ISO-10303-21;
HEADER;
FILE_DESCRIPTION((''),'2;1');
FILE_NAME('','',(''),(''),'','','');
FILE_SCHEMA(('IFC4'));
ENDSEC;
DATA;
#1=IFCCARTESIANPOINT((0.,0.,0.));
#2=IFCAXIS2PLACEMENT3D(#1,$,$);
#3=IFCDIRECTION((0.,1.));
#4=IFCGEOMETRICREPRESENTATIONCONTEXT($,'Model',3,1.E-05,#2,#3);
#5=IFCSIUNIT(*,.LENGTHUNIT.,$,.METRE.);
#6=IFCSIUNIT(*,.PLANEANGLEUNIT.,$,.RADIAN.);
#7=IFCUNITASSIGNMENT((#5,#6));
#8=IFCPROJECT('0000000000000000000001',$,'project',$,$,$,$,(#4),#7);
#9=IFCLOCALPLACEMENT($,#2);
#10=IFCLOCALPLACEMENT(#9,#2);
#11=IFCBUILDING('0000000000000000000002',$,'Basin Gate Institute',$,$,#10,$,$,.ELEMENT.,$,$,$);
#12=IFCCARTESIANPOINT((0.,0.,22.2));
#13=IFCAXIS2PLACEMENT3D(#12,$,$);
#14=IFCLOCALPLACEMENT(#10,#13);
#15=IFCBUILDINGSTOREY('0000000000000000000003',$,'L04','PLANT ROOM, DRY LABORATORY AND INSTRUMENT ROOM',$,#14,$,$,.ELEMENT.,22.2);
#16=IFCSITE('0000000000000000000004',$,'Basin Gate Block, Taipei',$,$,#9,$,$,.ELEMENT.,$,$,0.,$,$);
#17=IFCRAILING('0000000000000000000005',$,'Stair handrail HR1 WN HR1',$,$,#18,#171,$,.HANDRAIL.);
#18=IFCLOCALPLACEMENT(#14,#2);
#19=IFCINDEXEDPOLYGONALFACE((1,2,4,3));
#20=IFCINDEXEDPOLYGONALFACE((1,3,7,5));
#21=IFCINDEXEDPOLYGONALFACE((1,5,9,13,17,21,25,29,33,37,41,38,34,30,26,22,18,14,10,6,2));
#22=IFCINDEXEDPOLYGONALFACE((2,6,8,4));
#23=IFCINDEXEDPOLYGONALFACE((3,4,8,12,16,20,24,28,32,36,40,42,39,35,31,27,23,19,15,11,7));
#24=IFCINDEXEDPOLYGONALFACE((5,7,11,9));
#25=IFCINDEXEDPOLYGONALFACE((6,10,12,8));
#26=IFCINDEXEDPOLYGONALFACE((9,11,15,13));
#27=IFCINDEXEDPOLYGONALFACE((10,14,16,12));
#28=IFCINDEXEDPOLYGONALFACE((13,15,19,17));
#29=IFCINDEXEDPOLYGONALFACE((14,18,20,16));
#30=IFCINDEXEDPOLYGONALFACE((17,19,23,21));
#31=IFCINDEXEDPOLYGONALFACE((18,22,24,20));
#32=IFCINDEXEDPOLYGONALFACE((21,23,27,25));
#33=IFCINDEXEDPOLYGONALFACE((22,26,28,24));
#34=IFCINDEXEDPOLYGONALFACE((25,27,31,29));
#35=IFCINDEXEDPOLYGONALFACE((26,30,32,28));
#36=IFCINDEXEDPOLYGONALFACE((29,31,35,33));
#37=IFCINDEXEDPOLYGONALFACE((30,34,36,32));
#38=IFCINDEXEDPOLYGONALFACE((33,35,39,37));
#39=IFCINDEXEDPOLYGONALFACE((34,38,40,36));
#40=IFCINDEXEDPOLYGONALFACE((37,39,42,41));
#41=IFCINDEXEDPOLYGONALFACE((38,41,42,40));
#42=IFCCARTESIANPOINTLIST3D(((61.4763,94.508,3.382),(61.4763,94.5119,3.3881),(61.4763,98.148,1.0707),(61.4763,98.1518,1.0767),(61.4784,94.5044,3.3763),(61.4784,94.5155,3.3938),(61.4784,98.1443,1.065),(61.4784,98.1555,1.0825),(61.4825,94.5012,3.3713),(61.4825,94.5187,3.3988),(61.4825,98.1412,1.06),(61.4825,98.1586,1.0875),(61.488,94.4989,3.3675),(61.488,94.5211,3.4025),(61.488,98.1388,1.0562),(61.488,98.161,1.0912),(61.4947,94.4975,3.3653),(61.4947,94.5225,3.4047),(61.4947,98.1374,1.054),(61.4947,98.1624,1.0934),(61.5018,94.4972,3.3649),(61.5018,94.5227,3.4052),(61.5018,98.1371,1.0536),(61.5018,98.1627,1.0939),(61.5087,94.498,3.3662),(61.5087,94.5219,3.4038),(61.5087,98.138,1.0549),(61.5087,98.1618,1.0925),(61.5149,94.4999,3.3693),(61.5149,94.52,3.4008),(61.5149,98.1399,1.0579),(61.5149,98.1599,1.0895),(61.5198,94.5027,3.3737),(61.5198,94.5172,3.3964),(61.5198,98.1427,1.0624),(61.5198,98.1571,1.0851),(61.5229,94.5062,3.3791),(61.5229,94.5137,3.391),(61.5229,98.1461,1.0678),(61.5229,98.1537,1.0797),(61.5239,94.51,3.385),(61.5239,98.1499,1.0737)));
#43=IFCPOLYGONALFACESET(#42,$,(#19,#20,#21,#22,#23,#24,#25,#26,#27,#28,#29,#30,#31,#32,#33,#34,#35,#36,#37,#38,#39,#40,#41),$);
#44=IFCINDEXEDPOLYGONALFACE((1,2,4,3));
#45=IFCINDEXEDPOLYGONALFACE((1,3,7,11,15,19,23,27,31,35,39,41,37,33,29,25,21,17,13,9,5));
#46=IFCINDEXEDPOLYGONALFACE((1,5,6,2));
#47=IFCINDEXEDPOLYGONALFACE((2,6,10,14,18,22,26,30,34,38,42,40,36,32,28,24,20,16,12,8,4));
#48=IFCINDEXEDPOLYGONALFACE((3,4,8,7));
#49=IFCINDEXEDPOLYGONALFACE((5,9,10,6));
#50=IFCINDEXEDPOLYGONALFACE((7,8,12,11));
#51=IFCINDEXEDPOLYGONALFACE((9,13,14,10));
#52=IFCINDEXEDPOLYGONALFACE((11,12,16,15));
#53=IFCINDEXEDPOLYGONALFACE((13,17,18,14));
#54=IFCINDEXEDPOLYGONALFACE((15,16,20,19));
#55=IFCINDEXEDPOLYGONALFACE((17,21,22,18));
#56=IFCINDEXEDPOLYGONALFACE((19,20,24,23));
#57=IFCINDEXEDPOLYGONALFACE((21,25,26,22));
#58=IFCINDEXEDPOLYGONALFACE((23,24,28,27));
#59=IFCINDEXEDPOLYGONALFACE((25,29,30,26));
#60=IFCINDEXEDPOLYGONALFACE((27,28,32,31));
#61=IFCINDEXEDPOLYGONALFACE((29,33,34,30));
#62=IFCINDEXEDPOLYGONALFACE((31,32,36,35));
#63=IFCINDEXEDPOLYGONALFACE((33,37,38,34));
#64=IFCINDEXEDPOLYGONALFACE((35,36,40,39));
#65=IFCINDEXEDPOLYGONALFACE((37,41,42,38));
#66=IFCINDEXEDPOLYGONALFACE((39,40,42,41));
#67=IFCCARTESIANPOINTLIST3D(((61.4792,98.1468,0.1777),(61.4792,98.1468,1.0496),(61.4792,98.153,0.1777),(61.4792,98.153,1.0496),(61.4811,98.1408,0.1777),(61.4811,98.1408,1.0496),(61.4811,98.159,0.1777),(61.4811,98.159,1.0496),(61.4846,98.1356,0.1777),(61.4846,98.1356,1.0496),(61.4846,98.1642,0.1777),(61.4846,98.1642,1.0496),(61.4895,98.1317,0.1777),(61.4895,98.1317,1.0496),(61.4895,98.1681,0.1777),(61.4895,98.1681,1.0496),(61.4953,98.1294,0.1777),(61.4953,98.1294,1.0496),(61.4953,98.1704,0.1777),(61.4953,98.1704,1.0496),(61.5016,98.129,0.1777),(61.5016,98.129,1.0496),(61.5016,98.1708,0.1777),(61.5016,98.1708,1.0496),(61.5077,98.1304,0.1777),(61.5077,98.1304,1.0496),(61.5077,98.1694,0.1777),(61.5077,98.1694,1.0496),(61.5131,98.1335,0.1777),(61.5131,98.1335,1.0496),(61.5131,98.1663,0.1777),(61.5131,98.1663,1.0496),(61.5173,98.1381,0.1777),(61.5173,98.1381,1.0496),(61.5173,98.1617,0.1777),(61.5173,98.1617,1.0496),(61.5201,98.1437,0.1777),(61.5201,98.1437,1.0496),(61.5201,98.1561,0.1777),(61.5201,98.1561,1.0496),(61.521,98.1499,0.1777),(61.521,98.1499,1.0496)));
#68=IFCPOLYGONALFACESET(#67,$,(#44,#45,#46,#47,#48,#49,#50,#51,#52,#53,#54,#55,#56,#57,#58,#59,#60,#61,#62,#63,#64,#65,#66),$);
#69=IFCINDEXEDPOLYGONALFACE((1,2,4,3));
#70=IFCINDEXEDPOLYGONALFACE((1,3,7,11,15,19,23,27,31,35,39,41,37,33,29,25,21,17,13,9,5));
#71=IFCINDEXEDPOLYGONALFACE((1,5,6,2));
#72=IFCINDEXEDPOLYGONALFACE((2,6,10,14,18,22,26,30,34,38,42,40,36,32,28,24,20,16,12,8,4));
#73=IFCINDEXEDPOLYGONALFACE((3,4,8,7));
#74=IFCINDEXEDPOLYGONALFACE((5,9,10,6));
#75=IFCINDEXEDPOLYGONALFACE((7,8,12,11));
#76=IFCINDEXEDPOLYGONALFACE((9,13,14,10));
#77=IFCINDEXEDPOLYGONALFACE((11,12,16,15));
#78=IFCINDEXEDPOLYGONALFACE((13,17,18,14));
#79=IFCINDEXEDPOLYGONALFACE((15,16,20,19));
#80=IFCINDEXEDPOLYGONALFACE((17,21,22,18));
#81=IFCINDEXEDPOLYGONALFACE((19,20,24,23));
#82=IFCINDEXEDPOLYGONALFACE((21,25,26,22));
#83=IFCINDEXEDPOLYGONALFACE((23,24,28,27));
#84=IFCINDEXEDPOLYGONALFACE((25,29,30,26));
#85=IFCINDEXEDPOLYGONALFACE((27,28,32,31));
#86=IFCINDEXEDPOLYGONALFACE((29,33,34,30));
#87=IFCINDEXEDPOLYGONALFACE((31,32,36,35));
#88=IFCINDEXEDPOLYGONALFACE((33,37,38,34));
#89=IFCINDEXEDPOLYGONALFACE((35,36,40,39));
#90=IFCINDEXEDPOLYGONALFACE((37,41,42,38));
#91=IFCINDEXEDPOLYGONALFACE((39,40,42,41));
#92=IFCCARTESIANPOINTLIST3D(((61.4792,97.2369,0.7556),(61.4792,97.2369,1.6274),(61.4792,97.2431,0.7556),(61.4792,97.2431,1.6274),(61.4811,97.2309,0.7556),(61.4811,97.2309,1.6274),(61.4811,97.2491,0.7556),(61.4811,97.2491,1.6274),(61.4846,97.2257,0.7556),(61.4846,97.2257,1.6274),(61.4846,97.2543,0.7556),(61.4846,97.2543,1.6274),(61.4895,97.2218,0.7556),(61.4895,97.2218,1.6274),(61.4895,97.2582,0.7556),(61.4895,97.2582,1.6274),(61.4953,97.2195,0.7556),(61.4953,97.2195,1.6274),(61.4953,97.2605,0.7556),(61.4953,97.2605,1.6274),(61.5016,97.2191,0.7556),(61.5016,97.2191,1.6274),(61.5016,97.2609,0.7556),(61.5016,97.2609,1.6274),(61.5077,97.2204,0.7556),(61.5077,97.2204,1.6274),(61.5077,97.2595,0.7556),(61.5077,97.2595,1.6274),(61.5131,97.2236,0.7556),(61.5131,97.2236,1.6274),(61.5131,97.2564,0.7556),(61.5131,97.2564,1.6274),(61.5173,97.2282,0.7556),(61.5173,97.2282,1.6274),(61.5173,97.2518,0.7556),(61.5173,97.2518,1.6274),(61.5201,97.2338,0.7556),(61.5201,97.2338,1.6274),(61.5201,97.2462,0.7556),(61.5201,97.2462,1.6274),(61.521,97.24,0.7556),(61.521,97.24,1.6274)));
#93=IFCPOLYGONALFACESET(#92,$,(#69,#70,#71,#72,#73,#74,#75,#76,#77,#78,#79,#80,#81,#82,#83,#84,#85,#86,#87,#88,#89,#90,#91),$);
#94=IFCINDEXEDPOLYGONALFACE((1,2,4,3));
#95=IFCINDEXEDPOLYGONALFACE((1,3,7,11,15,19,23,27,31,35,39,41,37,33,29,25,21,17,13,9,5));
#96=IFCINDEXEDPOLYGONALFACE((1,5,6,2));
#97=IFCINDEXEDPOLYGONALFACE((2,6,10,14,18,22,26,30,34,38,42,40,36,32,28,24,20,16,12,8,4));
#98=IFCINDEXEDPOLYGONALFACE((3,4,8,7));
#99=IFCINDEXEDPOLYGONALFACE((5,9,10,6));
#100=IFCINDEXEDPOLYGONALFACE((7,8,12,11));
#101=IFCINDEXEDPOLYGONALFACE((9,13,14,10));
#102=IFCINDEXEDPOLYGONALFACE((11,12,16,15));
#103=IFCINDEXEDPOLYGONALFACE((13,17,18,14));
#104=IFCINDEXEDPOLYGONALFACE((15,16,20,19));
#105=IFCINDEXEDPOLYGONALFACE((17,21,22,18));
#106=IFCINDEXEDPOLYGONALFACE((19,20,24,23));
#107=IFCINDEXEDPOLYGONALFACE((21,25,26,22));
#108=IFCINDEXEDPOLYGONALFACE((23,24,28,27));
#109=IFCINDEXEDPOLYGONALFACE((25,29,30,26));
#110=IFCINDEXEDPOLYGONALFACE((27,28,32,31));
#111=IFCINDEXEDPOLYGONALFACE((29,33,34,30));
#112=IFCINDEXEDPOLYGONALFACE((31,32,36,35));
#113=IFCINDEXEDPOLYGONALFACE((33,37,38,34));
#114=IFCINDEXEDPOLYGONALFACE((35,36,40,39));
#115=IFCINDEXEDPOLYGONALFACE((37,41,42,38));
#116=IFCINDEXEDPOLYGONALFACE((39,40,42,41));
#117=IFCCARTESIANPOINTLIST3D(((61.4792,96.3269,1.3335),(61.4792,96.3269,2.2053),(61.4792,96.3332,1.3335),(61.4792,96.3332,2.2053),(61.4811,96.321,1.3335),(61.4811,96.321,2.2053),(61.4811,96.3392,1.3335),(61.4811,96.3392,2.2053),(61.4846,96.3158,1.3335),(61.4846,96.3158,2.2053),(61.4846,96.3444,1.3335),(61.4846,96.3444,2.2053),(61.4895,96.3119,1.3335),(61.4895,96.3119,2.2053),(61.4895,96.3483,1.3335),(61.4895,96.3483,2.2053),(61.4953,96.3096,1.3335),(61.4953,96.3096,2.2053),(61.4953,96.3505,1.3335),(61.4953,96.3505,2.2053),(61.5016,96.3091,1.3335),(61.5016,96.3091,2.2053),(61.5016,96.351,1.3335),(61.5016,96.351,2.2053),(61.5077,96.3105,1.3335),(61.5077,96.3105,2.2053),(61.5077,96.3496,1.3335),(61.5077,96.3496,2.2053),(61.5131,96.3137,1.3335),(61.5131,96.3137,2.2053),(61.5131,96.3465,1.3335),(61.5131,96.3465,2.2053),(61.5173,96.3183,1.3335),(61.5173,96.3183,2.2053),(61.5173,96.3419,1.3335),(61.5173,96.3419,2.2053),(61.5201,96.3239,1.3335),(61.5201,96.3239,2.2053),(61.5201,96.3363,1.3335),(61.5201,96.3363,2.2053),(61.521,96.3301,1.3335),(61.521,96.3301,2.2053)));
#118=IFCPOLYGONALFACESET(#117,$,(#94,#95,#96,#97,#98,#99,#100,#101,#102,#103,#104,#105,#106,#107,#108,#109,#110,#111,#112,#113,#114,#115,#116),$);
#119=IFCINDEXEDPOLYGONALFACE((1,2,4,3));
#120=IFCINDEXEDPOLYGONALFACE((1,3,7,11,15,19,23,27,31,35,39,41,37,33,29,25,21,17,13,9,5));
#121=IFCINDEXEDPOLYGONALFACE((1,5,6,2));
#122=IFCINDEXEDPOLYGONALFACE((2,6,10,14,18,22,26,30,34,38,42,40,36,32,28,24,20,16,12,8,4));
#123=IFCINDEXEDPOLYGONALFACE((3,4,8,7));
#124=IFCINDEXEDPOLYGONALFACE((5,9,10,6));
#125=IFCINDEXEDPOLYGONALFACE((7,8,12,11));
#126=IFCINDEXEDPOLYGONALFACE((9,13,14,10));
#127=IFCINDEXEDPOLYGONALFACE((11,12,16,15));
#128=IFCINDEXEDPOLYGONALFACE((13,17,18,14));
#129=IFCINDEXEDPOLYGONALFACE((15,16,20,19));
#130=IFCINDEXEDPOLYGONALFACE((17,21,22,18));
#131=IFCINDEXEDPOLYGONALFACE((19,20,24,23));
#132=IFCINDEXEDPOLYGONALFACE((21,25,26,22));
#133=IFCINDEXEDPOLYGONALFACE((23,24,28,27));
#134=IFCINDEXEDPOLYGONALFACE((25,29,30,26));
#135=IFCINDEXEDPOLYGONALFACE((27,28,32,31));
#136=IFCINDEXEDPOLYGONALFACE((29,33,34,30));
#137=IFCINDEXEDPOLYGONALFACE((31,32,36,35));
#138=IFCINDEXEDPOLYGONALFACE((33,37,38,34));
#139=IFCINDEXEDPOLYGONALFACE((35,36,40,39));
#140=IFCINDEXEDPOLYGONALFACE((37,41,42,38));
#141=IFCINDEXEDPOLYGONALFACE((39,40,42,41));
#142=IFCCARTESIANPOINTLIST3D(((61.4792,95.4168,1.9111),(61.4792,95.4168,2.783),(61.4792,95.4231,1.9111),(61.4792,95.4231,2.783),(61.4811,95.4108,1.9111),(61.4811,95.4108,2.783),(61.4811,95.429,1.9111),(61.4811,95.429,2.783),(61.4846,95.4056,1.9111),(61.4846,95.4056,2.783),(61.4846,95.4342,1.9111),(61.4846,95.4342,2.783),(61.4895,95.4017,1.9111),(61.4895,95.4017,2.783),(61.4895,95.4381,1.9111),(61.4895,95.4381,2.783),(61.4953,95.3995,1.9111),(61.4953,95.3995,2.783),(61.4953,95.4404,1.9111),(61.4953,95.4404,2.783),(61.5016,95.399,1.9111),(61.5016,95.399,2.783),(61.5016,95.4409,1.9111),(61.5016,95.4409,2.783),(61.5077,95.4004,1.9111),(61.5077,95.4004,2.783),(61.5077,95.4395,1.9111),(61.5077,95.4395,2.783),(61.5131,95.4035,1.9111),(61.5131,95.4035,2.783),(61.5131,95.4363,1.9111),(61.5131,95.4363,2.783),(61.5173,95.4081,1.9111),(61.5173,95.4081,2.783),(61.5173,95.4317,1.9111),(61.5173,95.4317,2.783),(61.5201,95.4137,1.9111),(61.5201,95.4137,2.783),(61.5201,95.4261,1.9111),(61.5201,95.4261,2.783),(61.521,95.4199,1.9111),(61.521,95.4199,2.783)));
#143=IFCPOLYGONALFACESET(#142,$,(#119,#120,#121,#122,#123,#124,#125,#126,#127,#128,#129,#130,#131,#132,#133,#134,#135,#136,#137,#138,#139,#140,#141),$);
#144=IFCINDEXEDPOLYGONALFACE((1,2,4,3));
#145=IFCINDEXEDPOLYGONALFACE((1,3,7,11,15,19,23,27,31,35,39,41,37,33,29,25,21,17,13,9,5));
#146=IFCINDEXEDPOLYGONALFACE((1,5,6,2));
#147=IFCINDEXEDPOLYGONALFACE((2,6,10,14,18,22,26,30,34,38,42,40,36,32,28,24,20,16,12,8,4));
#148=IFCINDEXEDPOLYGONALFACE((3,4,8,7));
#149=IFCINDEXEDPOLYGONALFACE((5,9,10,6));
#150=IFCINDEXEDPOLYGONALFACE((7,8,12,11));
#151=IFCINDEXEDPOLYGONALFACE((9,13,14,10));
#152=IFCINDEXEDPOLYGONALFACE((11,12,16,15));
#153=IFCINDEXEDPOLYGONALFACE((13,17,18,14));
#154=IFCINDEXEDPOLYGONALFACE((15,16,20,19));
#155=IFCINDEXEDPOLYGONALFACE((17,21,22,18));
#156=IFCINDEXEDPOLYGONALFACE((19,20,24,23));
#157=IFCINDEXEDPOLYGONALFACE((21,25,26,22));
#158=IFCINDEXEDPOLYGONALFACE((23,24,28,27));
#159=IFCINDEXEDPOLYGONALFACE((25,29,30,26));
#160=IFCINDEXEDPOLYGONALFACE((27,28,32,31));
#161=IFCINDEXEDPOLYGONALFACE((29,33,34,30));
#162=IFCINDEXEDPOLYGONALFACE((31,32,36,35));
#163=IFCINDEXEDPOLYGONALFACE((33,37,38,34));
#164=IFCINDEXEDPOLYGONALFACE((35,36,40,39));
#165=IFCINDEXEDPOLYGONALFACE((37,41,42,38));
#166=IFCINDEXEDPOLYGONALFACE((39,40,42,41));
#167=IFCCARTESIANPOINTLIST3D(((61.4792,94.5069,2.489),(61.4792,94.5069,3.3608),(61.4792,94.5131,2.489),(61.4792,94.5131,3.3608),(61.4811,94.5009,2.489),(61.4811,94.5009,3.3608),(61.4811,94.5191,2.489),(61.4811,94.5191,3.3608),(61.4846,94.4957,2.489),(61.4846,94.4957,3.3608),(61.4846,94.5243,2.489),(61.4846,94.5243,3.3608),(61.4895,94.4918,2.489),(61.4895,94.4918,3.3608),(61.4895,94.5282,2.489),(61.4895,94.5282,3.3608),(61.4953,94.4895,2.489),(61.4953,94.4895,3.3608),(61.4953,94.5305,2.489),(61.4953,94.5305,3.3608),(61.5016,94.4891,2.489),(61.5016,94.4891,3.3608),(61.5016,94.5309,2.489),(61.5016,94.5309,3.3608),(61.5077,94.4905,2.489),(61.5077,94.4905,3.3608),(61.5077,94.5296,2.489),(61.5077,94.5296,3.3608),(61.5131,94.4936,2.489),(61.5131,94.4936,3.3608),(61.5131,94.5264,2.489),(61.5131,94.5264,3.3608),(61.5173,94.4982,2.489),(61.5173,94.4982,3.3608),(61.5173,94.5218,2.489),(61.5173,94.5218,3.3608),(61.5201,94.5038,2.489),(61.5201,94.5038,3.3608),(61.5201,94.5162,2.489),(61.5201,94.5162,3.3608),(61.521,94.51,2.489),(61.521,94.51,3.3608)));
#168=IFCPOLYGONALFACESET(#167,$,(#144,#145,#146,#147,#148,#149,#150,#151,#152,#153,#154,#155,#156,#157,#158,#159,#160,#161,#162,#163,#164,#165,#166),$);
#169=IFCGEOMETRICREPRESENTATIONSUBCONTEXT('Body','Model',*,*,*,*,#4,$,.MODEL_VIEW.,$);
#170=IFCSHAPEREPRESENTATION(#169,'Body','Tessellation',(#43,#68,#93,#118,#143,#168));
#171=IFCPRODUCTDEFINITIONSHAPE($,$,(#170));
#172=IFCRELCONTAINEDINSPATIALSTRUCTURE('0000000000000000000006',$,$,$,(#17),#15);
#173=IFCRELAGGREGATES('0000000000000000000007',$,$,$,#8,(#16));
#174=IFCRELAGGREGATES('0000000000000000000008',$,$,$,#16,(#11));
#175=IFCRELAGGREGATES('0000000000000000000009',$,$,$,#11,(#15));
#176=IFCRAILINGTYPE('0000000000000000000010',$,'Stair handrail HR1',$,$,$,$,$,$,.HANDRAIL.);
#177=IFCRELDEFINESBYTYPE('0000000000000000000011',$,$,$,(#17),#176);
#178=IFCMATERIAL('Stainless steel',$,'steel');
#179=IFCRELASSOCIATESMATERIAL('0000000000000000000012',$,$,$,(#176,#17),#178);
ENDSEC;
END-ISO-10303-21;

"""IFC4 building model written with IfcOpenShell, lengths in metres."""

from ifc_helpers import new_model, si_unit, direction, frame, origin, origin_2d, place, context, subcontext, project, spatial, circle, extrude, material, type_object, element, save


model = new_model("IFC4")

# Units and contexts
model_context = context("Model", 3, precision=1e-05, world=origin(), true_north=direction((0.0, 1.0)))
body_context = subcontext(model_context, "Body", "Model", "MODEL_VIEW")
ifc_project = project(units=[si_unit("LENGTHUNIT", "METRE"), si_unit("PLANEANGLEUNIT", "RADIAN")], contexts=[model_context])

# Site, building, storey
site_placement = place(None, origin())
site = spatial("IfcSite", under=ifc_project, at=site_placement, Name="Basin Gate Block, Taipei", CompositionType="ELEMENT", RefElevation=0.0)
building_placement = place(site_placement, origin())
building = spatial("IfcBuilding", under=site, at=building_placement, Name="Basin Gate Institute", CompositionType="ELEMENT")
storey_placement = place(building_placement, frame((0.0, 0.0, 22.2)))
storey = spatial("IfcBuildingStorey", under=building, at=storey_placement, Name="L04", Description="PLANT ROOM, DRY LABORATORY AND INSTRUMENT ROOM", CompositionType="ELEMENT", Elevation=22.2)

# Railing
ifc_material_1 = material(Name="Stainless steel", Category="steel")
railing_type_1 = type_object("IfcRailingType", Name="Stair handrail HR1", PredefinedType="HANDRAIL", material=ifc_material_1)
for number, where, name in (
    (1, (61.5, 98.1499, 0.1777), "Stair handrail HR1 WN HR1"),
):
    element("IfcRailing", number, at=place(storey_placement, frame(where)), inside=storey, type_object=railing_type_1, material=ifc_material_1, Name=name, PredefinedType="HANDRAIL", context=body_context, shape_type="SweptSolid", body=[
        extrude(circle(Radius=0.0239, at=origin_2d()), frame((0.0, 0.0, 0.896), z_axis=(0.0, -0.844188, 0.536047), x_axis=(1.0, 0.0, 0.0)), (0.0, 0.0, 1.0), 4.3118),
        extrude(circle(Radius=0.021, at=origin_2d()), origin(), (0.0, 0.0, 1.0), 0.8718),
        extrude(circle(Radius=0.021, at=origin_2d()), frame((0.0, -0.9099, 0.5779)), (0.0, 0.0, 1.0), 0.8718),
        extrude(circle(Radius=0.021, at=origin_2d()), frame((0.0, -1.8198, 1.1558)), (0.0, 0.0, 1.0), 0.8718),
        extrude(circle(Radius=0.021, at=origin_2d()), frame((0.0, -2.73, 1.7334)), (0.0, 0.0, 1.0), 0.8718),
        extrude(circle(Radius=0.021, at=origin_2d()), frame((0.0, -3.6399, 2.3113)), (0.0, 0.0, 1.0), 0.8718),
    ])

save(model, "model.ifc")
